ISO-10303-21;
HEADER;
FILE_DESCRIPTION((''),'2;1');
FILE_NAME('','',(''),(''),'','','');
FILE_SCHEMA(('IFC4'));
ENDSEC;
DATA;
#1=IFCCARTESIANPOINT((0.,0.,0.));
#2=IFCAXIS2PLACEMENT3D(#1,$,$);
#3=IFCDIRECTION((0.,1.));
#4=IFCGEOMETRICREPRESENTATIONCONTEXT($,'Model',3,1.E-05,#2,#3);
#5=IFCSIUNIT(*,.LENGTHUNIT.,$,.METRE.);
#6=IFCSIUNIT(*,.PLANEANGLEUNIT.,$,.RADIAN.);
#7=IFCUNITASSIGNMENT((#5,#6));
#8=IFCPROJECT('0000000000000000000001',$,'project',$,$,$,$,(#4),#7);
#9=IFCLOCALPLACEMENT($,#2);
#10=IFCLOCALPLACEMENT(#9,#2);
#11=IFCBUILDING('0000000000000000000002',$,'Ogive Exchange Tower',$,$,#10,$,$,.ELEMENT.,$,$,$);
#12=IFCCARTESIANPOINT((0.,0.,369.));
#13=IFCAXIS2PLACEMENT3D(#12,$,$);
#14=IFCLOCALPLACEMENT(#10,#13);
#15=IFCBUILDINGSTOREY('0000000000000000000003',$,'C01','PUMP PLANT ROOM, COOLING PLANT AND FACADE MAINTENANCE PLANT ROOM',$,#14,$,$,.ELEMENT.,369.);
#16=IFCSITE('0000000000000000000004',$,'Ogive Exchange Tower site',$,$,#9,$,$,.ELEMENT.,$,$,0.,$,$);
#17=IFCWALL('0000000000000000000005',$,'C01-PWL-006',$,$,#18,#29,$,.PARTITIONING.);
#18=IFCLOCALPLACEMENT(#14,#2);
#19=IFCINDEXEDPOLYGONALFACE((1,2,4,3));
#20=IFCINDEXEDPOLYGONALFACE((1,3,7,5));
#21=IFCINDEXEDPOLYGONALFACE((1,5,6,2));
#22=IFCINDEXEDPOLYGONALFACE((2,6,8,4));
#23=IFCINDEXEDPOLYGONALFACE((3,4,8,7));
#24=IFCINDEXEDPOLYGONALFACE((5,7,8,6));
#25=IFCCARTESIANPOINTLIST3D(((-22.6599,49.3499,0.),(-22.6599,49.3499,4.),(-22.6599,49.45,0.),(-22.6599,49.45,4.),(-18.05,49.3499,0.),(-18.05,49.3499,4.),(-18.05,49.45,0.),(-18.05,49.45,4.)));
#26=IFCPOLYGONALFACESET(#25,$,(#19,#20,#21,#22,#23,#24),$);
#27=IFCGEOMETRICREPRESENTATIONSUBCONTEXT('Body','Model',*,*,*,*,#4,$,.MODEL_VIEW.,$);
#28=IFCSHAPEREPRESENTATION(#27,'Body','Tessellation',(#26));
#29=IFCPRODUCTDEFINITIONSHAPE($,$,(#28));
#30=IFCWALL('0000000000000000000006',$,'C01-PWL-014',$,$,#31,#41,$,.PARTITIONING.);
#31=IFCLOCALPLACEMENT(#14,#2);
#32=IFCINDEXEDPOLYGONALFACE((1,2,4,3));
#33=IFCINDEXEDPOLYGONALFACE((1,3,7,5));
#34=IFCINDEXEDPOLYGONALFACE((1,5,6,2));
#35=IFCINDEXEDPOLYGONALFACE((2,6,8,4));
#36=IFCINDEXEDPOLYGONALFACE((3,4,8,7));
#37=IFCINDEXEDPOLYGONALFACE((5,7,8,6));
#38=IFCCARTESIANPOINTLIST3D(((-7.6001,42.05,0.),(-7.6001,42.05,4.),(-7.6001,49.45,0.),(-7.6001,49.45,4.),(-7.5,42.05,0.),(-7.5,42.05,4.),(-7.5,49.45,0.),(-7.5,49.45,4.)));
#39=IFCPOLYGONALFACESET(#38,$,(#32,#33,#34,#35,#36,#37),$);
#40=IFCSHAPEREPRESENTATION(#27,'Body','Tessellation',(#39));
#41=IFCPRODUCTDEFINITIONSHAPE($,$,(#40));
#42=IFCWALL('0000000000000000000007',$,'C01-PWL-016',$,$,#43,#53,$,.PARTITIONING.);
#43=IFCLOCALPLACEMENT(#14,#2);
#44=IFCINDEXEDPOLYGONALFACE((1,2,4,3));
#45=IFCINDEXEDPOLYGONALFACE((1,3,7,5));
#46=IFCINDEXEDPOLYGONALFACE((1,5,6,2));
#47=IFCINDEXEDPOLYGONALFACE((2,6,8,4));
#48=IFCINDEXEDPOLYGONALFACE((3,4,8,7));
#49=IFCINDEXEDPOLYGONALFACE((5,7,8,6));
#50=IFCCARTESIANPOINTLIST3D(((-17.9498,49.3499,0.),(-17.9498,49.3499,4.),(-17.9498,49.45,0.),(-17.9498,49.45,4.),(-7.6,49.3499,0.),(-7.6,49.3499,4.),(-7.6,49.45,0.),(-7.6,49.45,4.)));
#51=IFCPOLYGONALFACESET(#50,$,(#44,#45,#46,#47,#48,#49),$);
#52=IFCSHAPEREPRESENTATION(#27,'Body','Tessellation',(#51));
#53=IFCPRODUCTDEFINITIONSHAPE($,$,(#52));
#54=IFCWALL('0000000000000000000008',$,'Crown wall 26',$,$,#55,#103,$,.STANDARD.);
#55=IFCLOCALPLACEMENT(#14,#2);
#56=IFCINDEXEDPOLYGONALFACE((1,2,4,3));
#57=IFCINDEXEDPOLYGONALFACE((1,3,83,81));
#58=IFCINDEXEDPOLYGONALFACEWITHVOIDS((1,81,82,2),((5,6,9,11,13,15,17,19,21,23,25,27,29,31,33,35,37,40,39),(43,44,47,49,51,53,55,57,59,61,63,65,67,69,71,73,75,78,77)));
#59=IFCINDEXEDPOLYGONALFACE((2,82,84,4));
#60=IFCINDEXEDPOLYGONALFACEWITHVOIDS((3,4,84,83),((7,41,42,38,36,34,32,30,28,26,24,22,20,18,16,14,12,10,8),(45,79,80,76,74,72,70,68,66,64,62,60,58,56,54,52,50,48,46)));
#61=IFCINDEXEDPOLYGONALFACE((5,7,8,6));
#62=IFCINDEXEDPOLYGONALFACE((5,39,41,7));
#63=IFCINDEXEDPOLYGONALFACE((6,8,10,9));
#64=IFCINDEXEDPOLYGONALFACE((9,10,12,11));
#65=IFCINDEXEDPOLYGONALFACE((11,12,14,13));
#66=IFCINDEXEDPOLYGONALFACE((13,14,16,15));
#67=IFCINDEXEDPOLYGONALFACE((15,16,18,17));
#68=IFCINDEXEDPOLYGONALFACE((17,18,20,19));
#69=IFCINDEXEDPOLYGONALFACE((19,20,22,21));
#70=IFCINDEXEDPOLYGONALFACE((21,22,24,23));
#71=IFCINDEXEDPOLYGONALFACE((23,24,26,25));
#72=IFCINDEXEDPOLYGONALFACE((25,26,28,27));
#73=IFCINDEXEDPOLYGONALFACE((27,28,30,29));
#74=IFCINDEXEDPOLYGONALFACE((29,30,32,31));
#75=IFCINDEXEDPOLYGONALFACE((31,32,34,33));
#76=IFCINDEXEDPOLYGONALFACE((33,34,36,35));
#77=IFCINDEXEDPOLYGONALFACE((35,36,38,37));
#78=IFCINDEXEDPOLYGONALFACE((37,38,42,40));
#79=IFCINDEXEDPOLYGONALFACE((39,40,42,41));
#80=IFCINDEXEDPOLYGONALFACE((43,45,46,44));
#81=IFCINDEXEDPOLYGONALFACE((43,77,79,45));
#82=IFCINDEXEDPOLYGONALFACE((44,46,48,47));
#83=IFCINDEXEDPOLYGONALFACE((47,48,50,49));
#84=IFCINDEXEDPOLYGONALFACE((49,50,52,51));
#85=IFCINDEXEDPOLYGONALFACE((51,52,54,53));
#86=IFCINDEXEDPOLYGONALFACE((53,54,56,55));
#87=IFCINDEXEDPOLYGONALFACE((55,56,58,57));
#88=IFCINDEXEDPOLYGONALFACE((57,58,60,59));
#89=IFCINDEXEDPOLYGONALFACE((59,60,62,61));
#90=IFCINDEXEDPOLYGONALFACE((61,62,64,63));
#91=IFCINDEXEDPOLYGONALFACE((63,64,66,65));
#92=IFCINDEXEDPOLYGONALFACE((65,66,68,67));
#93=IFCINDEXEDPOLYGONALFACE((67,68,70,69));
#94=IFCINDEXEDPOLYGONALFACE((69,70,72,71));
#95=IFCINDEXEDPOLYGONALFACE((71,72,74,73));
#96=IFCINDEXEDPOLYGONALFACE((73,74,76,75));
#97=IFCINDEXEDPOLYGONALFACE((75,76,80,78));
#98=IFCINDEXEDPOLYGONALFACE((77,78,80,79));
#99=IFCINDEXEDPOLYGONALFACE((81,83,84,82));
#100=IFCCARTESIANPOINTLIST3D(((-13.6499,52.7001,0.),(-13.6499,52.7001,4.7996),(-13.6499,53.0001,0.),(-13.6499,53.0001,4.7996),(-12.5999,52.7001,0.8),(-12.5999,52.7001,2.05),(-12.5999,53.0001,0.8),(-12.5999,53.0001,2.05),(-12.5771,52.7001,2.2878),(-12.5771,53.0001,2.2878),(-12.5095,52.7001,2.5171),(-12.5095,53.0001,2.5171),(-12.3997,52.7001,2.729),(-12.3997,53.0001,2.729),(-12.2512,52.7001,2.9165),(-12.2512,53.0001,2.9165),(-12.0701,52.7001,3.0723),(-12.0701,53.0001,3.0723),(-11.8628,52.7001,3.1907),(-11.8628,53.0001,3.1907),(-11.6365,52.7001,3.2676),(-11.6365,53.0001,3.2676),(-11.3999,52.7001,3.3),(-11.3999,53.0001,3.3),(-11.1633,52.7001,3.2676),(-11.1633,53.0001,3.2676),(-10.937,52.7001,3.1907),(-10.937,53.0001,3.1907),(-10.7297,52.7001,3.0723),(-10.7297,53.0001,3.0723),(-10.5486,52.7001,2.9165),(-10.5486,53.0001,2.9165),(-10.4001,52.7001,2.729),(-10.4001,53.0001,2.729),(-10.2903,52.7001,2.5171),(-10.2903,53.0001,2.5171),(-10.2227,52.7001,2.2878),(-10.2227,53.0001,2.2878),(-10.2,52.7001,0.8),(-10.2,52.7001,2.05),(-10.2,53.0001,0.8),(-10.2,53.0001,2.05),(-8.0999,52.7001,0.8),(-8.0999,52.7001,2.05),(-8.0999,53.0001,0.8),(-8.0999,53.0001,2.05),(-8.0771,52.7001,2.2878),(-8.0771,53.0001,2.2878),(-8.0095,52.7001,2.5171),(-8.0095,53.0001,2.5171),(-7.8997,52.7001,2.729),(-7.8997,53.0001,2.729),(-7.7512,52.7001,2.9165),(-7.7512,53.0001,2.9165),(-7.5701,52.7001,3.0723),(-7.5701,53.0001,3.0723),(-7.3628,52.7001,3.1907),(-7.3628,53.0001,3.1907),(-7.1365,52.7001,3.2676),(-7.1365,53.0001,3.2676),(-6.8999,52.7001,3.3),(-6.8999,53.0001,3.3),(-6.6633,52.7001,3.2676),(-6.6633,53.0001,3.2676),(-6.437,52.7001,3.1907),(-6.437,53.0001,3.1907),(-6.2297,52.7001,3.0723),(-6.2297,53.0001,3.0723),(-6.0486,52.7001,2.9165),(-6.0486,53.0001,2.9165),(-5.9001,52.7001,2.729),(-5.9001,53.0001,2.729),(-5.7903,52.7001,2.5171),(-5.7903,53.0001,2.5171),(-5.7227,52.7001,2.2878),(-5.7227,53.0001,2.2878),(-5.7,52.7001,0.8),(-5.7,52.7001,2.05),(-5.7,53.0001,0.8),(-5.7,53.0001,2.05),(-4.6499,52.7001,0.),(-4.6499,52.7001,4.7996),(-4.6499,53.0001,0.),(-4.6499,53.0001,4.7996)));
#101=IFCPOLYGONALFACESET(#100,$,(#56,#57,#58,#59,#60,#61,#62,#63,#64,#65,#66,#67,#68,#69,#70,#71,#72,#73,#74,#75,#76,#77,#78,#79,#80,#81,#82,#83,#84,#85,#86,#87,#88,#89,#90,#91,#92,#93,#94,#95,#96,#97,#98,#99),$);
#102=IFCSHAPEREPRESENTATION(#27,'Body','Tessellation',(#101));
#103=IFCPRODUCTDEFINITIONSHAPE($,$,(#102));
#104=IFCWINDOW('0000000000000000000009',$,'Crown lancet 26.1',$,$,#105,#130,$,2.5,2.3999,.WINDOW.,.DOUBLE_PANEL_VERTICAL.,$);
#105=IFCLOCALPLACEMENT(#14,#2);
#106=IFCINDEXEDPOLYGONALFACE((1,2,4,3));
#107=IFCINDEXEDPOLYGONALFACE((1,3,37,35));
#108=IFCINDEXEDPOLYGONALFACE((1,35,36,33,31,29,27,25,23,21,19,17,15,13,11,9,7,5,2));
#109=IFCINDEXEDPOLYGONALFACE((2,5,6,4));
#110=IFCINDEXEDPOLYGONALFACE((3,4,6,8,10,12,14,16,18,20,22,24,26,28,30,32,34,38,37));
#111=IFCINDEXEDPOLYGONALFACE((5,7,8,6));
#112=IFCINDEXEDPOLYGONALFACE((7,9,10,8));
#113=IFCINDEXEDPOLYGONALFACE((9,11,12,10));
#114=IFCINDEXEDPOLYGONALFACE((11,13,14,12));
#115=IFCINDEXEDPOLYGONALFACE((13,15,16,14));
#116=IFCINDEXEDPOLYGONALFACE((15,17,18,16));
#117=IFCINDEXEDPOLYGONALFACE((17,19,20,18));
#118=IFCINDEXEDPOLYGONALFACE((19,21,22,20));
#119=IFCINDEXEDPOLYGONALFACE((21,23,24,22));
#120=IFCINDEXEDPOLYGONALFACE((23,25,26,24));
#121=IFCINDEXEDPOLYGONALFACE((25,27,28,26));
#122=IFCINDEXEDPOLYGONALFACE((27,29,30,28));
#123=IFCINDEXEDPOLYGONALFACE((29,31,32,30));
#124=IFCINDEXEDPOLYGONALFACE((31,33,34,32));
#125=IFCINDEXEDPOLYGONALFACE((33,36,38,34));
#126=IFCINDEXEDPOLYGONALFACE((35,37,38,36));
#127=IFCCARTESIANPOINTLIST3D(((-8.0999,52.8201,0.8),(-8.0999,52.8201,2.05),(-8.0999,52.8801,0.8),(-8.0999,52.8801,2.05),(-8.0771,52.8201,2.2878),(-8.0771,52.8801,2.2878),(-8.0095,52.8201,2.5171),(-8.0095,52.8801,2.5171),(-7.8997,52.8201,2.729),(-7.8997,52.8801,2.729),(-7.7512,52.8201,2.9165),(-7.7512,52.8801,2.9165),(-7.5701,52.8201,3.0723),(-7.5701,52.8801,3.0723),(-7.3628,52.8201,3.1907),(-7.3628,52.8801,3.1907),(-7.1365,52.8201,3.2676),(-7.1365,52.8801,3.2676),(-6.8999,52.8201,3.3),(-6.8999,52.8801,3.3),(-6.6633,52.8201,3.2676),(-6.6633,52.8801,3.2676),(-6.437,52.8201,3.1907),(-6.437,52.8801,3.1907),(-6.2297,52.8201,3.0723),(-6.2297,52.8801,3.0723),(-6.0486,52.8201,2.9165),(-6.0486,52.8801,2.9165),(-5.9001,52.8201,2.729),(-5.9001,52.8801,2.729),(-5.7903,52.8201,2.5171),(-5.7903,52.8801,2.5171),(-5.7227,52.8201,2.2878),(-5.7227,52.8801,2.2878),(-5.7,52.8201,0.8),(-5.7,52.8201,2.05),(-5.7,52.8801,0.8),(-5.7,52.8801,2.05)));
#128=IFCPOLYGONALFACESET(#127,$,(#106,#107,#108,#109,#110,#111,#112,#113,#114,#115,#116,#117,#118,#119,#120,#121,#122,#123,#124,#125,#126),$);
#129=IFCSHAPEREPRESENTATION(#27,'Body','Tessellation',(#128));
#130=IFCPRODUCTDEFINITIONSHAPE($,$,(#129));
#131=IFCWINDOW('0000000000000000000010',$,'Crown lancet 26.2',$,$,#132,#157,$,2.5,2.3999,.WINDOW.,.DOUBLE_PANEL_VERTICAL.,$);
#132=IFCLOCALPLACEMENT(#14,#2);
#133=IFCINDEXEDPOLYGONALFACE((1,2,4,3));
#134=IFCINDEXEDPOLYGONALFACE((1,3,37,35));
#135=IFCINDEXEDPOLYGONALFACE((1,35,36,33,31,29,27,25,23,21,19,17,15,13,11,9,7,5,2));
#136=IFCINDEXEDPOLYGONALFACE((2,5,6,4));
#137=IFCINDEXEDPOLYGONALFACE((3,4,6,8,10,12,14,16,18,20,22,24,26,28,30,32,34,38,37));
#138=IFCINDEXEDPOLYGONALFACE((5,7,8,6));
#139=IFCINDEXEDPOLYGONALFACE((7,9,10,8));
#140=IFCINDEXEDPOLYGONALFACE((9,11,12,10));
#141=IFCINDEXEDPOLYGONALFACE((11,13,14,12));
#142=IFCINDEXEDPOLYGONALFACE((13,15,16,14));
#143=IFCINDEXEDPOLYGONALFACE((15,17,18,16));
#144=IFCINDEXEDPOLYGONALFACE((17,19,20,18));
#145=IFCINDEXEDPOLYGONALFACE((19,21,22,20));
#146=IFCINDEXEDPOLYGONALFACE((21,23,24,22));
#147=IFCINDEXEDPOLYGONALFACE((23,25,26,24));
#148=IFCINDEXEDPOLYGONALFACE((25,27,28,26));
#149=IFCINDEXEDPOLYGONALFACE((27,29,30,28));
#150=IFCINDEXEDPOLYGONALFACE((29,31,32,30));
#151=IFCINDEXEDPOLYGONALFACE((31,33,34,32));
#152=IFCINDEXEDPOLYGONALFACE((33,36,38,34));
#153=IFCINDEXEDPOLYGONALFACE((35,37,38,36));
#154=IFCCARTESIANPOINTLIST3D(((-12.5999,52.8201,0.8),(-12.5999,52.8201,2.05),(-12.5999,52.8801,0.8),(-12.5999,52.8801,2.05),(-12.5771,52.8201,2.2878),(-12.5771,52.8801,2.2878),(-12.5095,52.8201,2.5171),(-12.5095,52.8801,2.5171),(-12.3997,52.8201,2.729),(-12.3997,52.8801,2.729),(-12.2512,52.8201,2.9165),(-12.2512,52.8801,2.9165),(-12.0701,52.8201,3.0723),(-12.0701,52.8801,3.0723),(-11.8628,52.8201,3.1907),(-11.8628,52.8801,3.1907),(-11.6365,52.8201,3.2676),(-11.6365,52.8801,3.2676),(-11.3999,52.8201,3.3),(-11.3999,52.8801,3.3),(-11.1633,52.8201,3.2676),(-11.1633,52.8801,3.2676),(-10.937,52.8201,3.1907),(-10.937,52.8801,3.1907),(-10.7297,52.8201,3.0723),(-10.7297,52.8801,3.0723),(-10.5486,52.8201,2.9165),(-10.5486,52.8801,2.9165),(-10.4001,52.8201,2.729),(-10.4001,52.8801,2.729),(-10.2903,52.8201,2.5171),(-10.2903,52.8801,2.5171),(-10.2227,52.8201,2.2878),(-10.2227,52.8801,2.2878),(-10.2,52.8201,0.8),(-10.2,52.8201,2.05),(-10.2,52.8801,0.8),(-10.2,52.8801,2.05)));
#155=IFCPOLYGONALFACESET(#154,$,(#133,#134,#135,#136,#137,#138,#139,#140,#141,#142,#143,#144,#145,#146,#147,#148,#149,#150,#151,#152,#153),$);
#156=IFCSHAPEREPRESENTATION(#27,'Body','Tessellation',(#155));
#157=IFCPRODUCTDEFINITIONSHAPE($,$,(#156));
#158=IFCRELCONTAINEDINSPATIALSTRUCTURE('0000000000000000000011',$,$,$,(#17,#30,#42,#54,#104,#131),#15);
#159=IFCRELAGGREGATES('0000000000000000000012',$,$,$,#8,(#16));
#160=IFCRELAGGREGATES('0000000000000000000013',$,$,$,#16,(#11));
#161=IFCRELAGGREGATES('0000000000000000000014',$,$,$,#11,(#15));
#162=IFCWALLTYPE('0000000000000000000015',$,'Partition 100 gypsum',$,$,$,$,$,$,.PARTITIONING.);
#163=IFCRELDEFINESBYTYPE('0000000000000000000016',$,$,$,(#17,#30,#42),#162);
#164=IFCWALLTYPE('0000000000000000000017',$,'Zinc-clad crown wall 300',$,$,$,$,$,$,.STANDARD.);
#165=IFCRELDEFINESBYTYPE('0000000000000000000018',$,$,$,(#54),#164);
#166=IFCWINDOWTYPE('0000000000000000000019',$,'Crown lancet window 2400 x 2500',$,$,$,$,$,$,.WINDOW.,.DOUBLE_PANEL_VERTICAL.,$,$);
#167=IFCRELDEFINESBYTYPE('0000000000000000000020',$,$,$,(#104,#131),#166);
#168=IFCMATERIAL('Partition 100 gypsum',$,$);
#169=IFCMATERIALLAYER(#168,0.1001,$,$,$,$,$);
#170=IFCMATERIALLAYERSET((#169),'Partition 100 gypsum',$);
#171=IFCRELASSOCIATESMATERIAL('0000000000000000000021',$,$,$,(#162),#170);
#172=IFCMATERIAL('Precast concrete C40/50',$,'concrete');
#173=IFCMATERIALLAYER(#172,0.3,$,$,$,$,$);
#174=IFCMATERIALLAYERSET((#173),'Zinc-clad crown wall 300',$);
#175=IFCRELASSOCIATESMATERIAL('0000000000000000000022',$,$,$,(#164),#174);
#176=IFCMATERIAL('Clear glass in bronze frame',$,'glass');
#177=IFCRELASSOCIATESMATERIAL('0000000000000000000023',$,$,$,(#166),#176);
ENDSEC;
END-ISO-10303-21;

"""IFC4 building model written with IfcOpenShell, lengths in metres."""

from ifc_helpers import new_model, si_unit, direction, frame, frame_2d, origin, place, context, subcontext, project, spatial, polyline, rectangle, outline, extrude, material, layer, layer_set, type_object, element, fill, save


model = new_model("IFC4")

# Units and contexts
model_context = context("Model", 3, precision=1e-05, world=origin(), true_north=direction((0.0, 1.0)))
body_context = subcontext(model_context, "Body", "Model", "MODEL_VIEW")
ifc_project = project(units=[si_unit("LENGTHUNIT", "METRE"), si_unit("PLANEANGLEUNIT", "RADIAN")], contexts=[model_context])

# Site, building, storey
site_placement = place(None, origin())
site = spatial("IfcSite", under=ifc_project, at=site_placement, Name="Ogive Exchange Tower site", CompositionType="ELEMENT", RefElevation=0.0)
building_placement = place(site_placement, origin())
building = spatial("IfcBuilding", under=site, at=building_placement, Name="Ogive Exchange Tower", CompositionType="ELEMENT")
storey_placement = place(building_placement, frame((0.0, 0.0, 369.0)))
storey = spatial("IfcBuildingStorey", under=building, at=storey_placement, Name="C01", Description="PUMP PLANT ROOM, COOLING PLANT AND FACADE MAINTENANCE PLANT ROOM", CompositionType="ELEMENT", Elevation=369.0)

# Walls
ifc_material_1 = material(Name="Partition 100 gypsum")
ifc_layer_1 = layer(ifc_material_1, 0.1001)
ifc_layer_set_1 = layer_set([ifc_layer_1], Name="Partition 100 gypsum")
wall_type_1 = type_object("IfcWallType", Name="Partition 100 gypsum", PredefinedType="PARTITIONING", material=ifc_layer_set_1)
wall_1_placement = place(storey_placement, frame((-18.05, 49.3999, 0.0), z_axis=(0.0, 0.0, 1.0), x_axis=(-1.0, 0.0, 0.0)))
element("IfcWall", 1, at=wall_1_placement, inside=storey, type_object=wall_type_1, Name="C01-PWL-006", PredefinedType="PARTITIONING", context=body_context, shape_type="SweptSolid", body=[
    extrude(rectangle(XDim=4.6099, YDim=0.1001, at=frame_2d((2.3049, 0.0))), origin(), (0.0, 0.0, 1.0), 4.0),
])
wall_2_placement = place(storey_placement, frame((-7.55, 42.05, 0.0), z_axis=(0.0, 0.0, 1.0), x_axis=(0.0, 1.0, 0.0)))
element("IfcWall", 2, at=wall_2_placement, inside=storey, type_object=wall_type_1, Name="C01-PWL-014", PredefinedType="PARTITIONING", context=body_context, shape_type="SweptSolid", body=[
    extrude(rectangle(XDim=7.3999, YDim=0.1001, at=frame_2d((3.7, 0.0))), origin(), (0.0, 0.0, 1.0), 4.0),
])
wall_3_placement = place(storey_placement, frame((-7.6001, 49.3999, 0.0), z_axis=(0.0, 0.0, 1.0), x_axis=(-1.0, 0.0, 0.0)))
element("IfcWall", 3, at=wall_3_placement, inside=storey, type_object=wall_type_1, Name="C01-PWL-016", PredefinedType="PARTITIONING", context=body_context, shape_type="SweptSolid", body=[
    extrude(rectangle(XDim=10.3499, YDim=0.1001, at=frame_2d((5.1748, 0.0))), origin(), (0.0, 0.0, 1.0), 4.0),
])

# Wall, openings, windows
ifc_material_2 = material(Name="Precast concrete C40/50", Category="concrete")
ifc_layer_2 = layer(ifc_material_2, 0.3)
ifc_layer_set_2 = layer_set([ifc_layer_2], Name="Zinc-clad crown wall 300")
wall_type_2 = type_object("IfcWallType", Name="Zinc-clad crown wall 300", PredefinedType="STANDARD", material=ifc_layer_set_2)
wall_4_placement = place(storey_placement, frame((-4.6499, 52.8501, 0.0), z_axis=(0.0, 0.0, 1.0), x_axis=(-1.0, 0.0, 0.0)))
wall_4 = element("IfcWall", 4, at=wall_4_placement, inside=storey, type_object=wall_type_2, Name="Crown wall 26", PredefinedType="STANDARD", context=body_context, shape_type="SweptSolid", body=[
    extrude(rectangle(XDim=9.0, YDim=0.3, at=frame_2d((4.5, 0.0))), origin(), (0.0, 0.0, 1.0), 4.7996),
])
opening_1_placement = place(wall_4_placement, frame((1.05, 0.0, 0.8)))
opening_1 = element("IfcOpeningElement", 5, at=opening_1_placement, cuts=wall_4, PredefinedType="OPENING", context=body_context, shape_type="SweptSolid", body=[
    extrude(outline(polyline([(0.0, 0.0), (2.3999, 0.0), (2.3999, 1.25), (2.3772, 1.4878), (2.3096, 1.717), (2.1997, 1.929), (2.0513, 2.1165), (1.8701, 2.2722), (1.6628, 2.3906), (1.4365, 2.4675), (1.2, 2.5), (0.9634, 2.4675), (0.7371, 2.3906), (0.5298, 2.2722), (0.3486, 2.1165), (0.2002, 1.929), (0.0903, 1.717), (0.0227, 1.4878), (0.0, 1.25), (0.0, 0.0)])), frame((0.0, 0.1599, 0.0), z_axis=(0.0, -1.0, 0.0), x_axis=(1.0, 0.0, 0.0)), (0.0, 0.0, 1.0), 0.3201),
])
opening_2_placement = place(wall_4_placement, frame((5.55, 0.0, 0.8)))
opening_2 = element("IfcOpeningElement", 6, at=opening_2_placement, cuts=wall_4, PredefinedType="OPENING", context=body_context, shape_type="SweptSolid", body=[
    extrude(outline(polyline([(0.0, 0.0), (2.3999, 0.0), (2.3999, 1.25), (2.3772, 1.4878), (2.3096, 1.717), (2.1997, 1.929), (2.0513, 2.1165), (1.8701, 2.2722), (1.6628, 2.3906), (1.4365, 2.4675), (1.2, 2.5), (0.9634, 2.4675), (0.7371, 2.3906), (0.5298, 2.2722), (0.3486, 2.1165), (0.2002, 1.929), (0.0903, 1.717), (0.0227, 1.4878), (0.0, 1.25), (0.0, 0.0)])), frame((0.0, 0.1599, 0.0), z_axis=(0.0, -1.0, 0.0), x_axis=(1.0, 0.0, 0.0)), (0.0, 0.0, 1.0), 0.3201),
])
ifc_material_3 = material(Name="Clear glass in bronze frame", Category="glass")
window_type = type_object("IfcWindowType", Name="Crown lancet window 2400 x 2500", PartitioningType="DOUBLE_PANEL_VERTICAL", PredefinedType="WINDOW", material=ifc_material_3)
window_1_placement = place(opening_1_placement, origin())
window_1 = element("IfcWindow", 7, at=window_1_placement, inside=storey, type_object=window_type, Name="Crown lancet 26.1", OverallHeight=2.5, OverallWidth=2.3999, PartitioningType="DOUBLE_PANEL_VERTICAL", PredefinedType="WINDOW", context=body_context, shape_type="SweptSolid", body=[
    extrude(outline(polyline([(0.0, 0.0), (2.3999, 0.0), (2.3999, 1.25), (2.3772, 1.4878), (2.3096, 1.717), (2.1997, 1.929), (2.0513, 2.1165), (1.8701, 2.2722), (1.6628, 2.3906), (1.4365, 2.4675), (1.2, 2.5), (0.9634, 2.4675), (0.7371, 2.3906), (0.5298, 2.2722), (0.3486, 2.1165), (0.2002, 1.929), (0.0903, 1.717), (0.0227, 1.4878), (0.0, 1.25), (0.0, 0.0)])), frame((0.0, 0.03, 0.0), z_axis=(0.0, -1.0, 0.0), x_axis=(1.0, 0.0, 0.0)), (0.0, 0.0, 1.0), 0.0601),
])
fill(opening_1, window_1)
window_2_placement = place(opening_2_placement, origin())
window_2 = element("IfcWindow", 8, at=window_2_placement, inside=storey, type_object=window_type, Name="Crown lancet 26.2", OverallHeight=2.5, OverallWidth=2.3999, PartitioningType="DOUBLE_PANEL_VERTICAL", PredefinedType="WINDOW", context=body_context, shape_type="SweptSolid", body=[
    extrude(outline(polyline([(0.0, 0.0), (2.3999, 0.0), (2.3999, 1.25), (2.3772, 1.4878), (2.3096, 1.717), (2.1997, 1.929), (2.0513, 2.1165), (1.8701, 2.2722), (1.6628, 2.3906), (1.4365, 2.4675), (1.2, 2.5), (0.9634, 2.4675), (0.7371, 2.3906), (0.5298, 2.2722), (0.3486, 2.1165), (0.2002, 1.929), (0.0903, 1.717), (0.0227, 1.4878), (0.0, 1.25), (0.0, 0.0)])), frame((0.0, 0.03, 0.0), z_axis=(0.0, -1.0, 0.0), x_axis=(1.0, 0.0, 0.0)), (0.0, 0.0, 1.0), 0.0601),
])
fill(opening_2, window_2)

save(model, "model.ifc")
